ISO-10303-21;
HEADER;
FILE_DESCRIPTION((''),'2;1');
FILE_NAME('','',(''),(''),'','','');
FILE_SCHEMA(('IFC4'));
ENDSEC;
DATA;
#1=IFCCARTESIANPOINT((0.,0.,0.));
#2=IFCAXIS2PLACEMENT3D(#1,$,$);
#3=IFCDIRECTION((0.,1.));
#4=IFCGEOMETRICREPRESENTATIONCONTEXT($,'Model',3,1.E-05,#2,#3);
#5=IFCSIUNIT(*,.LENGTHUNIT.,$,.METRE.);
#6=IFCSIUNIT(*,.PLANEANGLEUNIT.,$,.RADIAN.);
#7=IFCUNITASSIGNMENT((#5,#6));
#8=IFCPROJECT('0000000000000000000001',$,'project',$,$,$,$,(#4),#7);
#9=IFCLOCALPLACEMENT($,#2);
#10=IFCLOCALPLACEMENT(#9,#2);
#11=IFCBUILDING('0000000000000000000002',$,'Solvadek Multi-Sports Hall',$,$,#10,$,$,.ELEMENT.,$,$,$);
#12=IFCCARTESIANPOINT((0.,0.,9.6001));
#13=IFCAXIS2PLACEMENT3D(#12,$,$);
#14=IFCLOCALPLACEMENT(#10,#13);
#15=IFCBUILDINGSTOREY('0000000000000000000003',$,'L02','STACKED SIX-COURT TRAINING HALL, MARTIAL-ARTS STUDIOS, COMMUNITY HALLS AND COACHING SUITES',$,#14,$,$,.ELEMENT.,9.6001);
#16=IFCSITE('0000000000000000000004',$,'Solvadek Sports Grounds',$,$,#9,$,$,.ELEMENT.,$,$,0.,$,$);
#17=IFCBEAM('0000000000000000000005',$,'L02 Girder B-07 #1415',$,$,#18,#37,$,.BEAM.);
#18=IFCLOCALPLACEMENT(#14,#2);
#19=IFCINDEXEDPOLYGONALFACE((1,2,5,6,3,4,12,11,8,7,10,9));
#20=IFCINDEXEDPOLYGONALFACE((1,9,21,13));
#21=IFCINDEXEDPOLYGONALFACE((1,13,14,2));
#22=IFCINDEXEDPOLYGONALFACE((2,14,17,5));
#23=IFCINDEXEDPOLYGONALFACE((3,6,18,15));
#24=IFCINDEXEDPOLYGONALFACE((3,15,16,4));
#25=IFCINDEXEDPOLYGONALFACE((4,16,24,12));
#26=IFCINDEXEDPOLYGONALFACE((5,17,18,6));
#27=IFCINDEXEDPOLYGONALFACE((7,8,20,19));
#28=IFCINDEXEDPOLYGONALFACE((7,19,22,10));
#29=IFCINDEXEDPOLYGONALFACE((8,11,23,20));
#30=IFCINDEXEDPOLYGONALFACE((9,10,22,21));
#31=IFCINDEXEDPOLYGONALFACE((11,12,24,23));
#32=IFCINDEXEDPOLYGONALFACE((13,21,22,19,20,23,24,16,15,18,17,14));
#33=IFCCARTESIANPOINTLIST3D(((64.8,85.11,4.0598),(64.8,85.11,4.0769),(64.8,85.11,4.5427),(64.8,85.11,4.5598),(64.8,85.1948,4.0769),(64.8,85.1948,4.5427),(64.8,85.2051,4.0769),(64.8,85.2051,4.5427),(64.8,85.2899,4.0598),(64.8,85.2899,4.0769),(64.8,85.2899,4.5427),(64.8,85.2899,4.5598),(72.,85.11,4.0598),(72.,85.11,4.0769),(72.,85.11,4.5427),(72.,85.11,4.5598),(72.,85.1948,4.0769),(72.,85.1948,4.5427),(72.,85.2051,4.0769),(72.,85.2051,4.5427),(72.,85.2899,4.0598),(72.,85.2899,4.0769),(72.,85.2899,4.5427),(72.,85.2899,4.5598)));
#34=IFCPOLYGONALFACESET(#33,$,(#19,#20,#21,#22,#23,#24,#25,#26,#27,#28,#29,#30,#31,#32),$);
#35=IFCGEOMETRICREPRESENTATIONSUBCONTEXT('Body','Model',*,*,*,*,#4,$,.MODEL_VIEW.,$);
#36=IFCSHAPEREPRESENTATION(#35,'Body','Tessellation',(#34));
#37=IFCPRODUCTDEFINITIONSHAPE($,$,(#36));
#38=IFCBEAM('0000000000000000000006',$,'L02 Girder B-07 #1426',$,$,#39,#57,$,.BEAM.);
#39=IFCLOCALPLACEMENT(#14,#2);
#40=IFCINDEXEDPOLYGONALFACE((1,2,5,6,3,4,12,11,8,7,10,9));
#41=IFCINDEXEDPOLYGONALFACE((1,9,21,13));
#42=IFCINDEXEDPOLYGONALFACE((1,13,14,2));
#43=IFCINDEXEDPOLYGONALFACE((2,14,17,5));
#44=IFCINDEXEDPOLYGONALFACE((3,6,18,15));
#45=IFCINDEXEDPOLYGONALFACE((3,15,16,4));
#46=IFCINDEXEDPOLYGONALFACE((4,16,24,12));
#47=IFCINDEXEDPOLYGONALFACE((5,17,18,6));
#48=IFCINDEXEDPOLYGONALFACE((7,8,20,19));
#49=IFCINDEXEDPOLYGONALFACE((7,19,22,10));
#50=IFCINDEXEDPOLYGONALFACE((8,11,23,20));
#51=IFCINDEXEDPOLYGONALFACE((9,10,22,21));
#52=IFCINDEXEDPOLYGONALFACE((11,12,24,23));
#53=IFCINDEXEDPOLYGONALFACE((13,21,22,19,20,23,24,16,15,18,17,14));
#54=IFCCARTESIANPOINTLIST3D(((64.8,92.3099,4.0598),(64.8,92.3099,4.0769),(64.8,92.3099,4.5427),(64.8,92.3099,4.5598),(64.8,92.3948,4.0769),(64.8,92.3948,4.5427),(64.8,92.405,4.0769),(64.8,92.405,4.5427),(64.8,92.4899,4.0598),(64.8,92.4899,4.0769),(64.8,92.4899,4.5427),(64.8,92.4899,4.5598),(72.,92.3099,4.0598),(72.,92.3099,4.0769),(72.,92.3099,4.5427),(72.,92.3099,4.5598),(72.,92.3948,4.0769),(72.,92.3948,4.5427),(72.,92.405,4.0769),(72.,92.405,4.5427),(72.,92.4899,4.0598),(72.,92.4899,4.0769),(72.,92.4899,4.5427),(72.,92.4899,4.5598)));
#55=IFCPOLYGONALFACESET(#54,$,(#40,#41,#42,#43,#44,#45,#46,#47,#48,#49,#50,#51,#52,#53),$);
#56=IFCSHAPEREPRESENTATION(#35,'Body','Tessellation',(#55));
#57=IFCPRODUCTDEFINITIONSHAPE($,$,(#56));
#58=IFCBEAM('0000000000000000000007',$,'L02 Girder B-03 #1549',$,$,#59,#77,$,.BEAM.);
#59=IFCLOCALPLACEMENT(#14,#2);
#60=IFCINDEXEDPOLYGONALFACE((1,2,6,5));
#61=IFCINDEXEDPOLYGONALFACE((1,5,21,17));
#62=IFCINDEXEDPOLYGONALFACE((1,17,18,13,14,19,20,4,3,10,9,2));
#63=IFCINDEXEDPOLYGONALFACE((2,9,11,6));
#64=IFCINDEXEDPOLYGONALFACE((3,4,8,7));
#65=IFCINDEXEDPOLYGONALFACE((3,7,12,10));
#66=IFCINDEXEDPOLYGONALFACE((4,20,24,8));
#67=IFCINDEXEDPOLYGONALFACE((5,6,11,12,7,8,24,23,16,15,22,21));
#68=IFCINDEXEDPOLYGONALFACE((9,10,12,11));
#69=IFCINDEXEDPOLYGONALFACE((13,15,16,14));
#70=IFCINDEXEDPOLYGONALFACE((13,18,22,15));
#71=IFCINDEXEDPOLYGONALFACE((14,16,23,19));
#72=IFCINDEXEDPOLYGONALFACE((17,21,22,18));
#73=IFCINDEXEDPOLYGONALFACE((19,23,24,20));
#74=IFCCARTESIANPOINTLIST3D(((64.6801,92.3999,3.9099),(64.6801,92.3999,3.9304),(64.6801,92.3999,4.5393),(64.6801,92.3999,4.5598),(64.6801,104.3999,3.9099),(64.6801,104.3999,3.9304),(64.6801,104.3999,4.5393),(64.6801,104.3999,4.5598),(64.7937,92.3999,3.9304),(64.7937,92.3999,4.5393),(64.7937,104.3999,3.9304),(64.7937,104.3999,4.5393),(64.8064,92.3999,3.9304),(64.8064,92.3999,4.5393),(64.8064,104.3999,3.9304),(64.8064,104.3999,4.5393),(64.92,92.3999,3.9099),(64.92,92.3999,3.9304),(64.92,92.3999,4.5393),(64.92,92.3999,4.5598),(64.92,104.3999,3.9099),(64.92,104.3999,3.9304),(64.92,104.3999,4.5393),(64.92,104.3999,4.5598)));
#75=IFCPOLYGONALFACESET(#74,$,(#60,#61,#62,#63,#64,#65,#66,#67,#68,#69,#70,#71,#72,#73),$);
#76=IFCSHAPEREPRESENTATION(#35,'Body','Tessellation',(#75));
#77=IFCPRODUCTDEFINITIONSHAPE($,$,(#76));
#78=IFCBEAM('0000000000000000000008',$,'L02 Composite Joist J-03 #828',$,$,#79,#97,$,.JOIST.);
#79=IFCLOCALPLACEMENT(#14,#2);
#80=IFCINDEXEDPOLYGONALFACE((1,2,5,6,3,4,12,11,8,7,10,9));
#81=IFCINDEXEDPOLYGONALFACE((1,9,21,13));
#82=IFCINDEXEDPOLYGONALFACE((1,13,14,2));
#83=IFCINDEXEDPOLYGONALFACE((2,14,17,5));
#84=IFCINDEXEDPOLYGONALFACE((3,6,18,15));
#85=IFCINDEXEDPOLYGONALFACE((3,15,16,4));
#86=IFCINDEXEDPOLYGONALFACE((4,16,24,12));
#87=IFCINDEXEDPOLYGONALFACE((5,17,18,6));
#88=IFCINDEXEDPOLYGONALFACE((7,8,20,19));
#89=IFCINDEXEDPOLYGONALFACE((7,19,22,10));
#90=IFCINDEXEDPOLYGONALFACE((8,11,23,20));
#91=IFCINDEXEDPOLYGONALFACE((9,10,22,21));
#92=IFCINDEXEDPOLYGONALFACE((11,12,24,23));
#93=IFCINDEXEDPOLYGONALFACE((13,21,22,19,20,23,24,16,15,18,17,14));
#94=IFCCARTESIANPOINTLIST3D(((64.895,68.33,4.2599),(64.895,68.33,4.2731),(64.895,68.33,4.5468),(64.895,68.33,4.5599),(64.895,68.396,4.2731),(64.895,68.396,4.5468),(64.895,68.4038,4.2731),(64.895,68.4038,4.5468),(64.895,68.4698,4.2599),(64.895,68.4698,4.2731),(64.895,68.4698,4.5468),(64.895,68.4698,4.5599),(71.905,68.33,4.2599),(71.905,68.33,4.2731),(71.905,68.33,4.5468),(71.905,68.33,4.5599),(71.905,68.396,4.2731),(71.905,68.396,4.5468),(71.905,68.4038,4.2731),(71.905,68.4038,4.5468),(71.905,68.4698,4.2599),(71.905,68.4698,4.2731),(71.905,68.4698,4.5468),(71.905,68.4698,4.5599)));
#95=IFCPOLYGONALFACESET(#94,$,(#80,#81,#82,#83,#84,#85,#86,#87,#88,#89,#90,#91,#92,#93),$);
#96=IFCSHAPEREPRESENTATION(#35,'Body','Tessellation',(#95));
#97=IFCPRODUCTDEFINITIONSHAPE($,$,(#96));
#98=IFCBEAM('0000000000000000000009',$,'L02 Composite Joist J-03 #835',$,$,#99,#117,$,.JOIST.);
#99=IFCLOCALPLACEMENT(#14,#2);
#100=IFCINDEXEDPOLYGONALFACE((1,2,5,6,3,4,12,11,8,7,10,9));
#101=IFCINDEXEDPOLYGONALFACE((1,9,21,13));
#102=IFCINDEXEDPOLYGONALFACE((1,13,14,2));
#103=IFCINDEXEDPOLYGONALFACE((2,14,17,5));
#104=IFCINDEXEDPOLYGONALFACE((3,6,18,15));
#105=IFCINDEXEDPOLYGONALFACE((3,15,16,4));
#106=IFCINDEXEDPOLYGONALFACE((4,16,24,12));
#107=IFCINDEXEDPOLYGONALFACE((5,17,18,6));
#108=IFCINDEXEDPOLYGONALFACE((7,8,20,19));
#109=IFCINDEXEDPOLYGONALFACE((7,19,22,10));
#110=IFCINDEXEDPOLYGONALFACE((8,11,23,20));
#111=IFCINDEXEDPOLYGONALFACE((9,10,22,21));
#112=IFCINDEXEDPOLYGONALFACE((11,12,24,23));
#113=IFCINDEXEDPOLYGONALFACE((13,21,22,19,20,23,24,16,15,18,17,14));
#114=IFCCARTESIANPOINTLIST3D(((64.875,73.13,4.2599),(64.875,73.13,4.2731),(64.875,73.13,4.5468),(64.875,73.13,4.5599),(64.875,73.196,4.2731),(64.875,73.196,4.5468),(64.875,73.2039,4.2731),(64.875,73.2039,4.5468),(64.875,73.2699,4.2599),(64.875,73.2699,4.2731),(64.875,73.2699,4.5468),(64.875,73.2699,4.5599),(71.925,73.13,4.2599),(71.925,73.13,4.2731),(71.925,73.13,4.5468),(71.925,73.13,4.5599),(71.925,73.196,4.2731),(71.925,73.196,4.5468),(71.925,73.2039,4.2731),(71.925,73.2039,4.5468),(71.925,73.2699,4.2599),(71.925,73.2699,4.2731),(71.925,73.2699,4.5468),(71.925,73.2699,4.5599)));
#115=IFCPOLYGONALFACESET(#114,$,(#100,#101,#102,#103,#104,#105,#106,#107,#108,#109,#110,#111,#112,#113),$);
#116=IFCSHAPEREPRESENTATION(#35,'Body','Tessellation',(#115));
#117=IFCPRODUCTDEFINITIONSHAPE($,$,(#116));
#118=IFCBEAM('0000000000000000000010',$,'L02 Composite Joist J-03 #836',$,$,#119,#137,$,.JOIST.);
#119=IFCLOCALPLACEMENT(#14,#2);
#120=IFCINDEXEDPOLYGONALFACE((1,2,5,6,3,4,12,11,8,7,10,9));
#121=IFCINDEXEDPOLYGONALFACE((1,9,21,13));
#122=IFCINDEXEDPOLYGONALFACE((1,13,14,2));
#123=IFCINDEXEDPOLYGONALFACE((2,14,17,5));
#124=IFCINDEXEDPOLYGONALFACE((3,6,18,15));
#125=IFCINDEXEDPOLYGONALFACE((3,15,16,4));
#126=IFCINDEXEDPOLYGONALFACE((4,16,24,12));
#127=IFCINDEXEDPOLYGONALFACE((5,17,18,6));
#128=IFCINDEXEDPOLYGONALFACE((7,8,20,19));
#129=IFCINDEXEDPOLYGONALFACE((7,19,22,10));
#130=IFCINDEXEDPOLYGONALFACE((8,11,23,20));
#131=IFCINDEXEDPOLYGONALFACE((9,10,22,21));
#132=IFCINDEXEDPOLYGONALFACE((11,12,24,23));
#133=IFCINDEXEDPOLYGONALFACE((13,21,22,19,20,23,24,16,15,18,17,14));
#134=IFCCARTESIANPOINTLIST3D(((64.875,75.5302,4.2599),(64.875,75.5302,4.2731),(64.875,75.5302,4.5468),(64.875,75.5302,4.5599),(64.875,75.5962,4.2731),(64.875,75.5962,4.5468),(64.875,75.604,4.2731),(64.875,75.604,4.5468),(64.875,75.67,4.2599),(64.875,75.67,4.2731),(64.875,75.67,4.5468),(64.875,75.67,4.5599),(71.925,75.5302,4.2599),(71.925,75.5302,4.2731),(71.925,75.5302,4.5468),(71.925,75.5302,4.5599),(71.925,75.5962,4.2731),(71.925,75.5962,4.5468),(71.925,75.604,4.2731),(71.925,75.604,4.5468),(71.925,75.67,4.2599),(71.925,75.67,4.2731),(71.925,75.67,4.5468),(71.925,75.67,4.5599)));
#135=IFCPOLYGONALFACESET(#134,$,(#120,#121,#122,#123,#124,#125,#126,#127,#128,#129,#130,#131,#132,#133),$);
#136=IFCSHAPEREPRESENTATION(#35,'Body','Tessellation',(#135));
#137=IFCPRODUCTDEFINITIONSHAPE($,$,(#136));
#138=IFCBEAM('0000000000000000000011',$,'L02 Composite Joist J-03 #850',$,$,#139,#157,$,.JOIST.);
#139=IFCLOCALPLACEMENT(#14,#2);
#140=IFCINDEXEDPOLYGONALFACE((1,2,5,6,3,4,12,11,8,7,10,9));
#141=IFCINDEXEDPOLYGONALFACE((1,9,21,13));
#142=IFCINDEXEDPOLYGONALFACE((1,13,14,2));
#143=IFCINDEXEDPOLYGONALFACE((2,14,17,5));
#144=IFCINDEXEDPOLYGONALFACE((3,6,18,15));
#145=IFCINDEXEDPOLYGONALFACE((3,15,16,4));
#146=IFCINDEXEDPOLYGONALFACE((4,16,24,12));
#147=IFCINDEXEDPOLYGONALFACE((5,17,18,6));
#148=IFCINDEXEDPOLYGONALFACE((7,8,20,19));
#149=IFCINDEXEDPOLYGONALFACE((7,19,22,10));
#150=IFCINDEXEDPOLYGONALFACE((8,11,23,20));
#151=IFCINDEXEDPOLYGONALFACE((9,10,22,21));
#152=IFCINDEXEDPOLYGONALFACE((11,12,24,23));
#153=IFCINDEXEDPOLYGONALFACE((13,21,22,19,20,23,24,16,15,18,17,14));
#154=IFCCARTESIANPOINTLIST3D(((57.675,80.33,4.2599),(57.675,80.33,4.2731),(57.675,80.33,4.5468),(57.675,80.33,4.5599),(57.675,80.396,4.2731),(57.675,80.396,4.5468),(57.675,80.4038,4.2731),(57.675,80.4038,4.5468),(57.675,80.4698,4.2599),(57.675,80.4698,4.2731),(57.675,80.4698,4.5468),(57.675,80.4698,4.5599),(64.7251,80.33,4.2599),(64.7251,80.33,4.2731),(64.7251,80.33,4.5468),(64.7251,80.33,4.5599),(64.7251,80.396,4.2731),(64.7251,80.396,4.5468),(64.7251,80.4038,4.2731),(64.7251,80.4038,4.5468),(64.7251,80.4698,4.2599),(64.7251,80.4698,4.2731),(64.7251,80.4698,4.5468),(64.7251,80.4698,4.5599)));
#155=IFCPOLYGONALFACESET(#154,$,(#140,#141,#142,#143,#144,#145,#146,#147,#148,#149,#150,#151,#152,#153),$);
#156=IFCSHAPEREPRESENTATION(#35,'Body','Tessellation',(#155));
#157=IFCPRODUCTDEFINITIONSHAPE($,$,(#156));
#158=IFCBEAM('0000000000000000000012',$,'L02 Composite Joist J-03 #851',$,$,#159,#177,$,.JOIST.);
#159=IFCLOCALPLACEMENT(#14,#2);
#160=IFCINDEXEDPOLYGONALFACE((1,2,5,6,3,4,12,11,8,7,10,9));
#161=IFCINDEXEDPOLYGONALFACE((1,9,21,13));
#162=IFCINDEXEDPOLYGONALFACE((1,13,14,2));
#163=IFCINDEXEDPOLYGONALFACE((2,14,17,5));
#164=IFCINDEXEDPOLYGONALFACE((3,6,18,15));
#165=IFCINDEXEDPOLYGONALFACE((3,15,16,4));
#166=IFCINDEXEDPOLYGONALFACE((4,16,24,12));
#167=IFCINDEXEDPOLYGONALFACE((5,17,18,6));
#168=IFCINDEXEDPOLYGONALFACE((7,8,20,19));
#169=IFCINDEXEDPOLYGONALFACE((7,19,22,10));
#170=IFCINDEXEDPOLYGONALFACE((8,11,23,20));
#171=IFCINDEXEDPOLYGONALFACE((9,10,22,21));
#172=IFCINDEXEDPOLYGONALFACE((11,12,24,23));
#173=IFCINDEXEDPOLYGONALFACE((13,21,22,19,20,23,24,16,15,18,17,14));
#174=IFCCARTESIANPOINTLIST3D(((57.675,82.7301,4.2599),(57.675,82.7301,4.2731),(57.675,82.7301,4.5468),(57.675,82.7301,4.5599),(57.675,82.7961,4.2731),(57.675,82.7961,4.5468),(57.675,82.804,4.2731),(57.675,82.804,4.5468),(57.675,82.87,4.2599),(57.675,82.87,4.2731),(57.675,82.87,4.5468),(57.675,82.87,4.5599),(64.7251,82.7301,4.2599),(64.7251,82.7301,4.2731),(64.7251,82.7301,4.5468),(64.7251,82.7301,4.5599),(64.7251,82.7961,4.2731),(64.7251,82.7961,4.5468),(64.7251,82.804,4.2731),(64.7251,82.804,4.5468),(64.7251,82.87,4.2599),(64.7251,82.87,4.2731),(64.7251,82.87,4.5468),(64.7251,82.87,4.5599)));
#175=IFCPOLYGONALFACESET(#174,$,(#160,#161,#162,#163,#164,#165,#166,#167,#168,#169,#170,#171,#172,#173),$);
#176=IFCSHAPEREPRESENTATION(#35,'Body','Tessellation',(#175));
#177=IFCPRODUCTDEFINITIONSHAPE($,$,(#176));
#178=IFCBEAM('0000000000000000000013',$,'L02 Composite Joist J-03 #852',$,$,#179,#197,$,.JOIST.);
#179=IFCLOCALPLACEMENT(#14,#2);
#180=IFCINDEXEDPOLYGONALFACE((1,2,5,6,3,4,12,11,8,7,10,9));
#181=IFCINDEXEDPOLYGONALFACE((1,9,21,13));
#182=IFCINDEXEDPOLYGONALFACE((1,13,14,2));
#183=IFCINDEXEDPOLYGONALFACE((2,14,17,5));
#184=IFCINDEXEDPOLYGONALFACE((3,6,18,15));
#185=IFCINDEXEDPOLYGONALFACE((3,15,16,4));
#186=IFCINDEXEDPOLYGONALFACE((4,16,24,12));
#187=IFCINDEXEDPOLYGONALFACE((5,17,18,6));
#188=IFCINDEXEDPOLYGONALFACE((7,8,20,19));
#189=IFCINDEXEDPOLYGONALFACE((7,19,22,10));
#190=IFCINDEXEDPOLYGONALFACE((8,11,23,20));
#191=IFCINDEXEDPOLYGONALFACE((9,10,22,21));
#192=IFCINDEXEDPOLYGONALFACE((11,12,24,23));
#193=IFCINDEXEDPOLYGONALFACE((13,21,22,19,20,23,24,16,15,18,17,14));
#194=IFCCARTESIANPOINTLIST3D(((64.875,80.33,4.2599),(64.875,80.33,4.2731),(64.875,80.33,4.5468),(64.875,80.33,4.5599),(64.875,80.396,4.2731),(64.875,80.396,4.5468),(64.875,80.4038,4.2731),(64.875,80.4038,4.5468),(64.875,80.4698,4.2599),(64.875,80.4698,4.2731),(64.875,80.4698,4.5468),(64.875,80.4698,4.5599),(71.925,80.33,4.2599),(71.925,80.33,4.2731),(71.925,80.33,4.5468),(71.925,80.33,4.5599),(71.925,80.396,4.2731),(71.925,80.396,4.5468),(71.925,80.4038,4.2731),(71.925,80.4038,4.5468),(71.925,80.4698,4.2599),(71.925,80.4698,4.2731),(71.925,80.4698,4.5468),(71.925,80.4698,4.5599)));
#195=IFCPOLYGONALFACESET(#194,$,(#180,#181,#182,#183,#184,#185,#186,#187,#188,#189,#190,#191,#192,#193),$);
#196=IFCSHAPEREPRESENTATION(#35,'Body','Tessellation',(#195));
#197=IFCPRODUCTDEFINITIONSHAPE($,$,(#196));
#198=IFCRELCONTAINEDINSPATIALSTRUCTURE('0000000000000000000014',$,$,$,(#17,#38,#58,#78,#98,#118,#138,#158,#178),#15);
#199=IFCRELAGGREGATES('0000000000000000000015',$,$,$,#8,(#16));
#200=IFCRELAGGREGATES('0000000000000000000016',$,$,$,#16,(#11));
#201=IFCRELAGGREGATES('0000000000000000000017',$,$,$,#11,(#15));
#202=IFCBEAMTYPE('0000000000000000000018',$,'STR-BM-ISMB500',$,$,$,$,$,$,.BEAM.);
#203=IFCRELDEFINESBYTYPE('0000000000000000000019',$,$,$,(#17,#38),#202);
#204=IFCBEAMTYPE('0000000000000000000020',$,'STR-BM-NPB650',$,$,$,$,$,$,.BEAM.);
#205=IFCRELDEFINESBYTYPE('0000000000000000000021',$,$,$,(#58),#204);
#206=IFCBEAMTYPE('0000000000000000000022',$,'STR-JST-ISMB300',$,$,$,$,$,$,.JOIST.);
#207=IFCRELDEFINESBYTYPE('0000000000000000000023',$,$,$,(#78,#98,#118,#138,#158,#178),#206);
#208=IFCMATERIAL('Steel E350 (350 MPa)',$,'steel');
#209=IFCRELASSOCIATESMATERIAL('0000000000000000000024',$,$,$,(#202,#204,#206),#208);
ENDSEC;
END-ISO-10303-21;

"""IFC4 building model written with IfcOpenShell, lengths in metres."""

from ifc_helpers import new_model, si_unit, direction, frame, origin, origin_2d, place, context, subcontext, project, spatial, i_section, extrude, material, material_profile, profile_set, type_object, element, save


model = new_model("IFC4")

# Units and contexts
model_context = context("Model", 3, precision=1e-05, world=origin(), true_north=direction((0.0, 1.0)))
body_context = subcontext(model_context, "Body", "Model", "MODEL_VIEW")
ifc_project = project(units=[si_unit("LENGTHUNIT", "METRE"), si_unit("PLANEANGLEUNIT", "RADIAN")], contexts=[model_context])

# Site, building, storey
site_placement = place(None, origin())
site = spatial("IfcSite", under=ifc_project, at=site_placement, Name="Solvadek Sports Grounds", CompositionType="ELEMENT", RefElevation=0.0)
building_placement = place(site_placement, origin())
building = spatial("IfcBuilding", under=site, at=building_placement, Name="Solvadek Multi-Sports Hall", CompositionType="ELEMENT")
storey_placement = place(building_placement, frame((0.0, 0.0, 9.6001)))
storey = spatial("IfcBuildingStorey", under=building, at=storey_placement, Name="L02", Description="STACKED SIX-COURT TRAINING HALL, MARTIAL-ARTS STUDIOS, COMMUNITY HALLS AND COACHING SUITES", CompositionType="ELEMENT", Elevation=9.6001)

# Shared definitions
ifc_material_1 = material(Name="Steel E350 (350 MPa)", Category="steel")

# Beams
ifc_material_profile_1 = material_profile(ifc_material_1, i_section(OverallWidth=0.1799, OverallDepth=0.5, WebThickness=0.0103, FlangeThickness=0.0171, at=origin_2d()), Name="ISMB 500")
ifc_profile_set_1 = profile_set([ifc_material_profile_1], Name="Steel E350 (350 MPa)")
beam_type_1 = type_object("IfcBeamType", Name="STR-BM-ISMB500", PredefinedType="BEAM", material=ifc_profile_set_1)
for number, where, z_axis, x_axis, name in (
    (1, (64.8, 85.2, 4.3098), (1.0, 0.0, 0.0), (0.0, 1.0, 0.0), "L02 Girder B-07 #1415"),
    (2, (64.8, 92.3999, 4.3098), (1.0, 0.0, 0.0), (0.0, 1.0, 0.0), "L02 Girder B-07 #1426"),
):
    element("IfcBeam", number, at=place(storey_placement, frame(where, z_axis=z_axis, x_axis=x_axis)), inside=storey, type_object=beam_type_1, Name=name, PredefinedType="BEAM", context=body_context, shape_type="SweptSolid", body=[
        extrude(i_section(OverallWidth=0.1799, OverallDepth=0.5, WebThickness=0.0103, FlangeThickness=0.0171, at=origin_2d()), origin(), (0.0, 0.0, 1.0), 7.2),
    ])
ifc_material_profile_2 = material_profile(ifc_material_1, i_section(OverallWidth=0.24, OverallDepth=0.6499, WebThickness=0.0127, FlangeThickness=0.0205, at=origin_2d()), Name="NPB 650")
ifc_profile_set_2 = profile_set([ifc_material_profile_2], Name="Steel E350 (350 MPa)")
beam_type_2 = type_object("IfcBeamType", Name="STR-BM-NPB650", PredefinedType="BEAM", material=ifc_profile_set_2)
beam_1_placement = place(storey_placement, frame((64.8, 92.3999, 4.2349), z_axis=(0.0, 1.0, 0.0), x_axis=(-1.0, 0.0, 0.0)))
element("IfcBeam", 3, at=beam_1_placement, inside=storey, type_object=beam_type_2, Name="L02 Girder B-03 #1549", PredefinedType="BEAM", context=body_context, shape_type="SweptSolid", body=[
    extrude(i_section(OverallWidth=0.24, OverallDepth=0.6499, WebThickness=0.0127, FlangeThickness=0.0205, at=origin_2d()), origin(), (0.0, 0.0, 1.0), 12.0),
])
ifc_material_profile_3 = material_profile(ifc_material_1, i_section(OverallWidth=0.1399, OverallDepth=0.3, WebThickness=0.0078, FlangeThickness=0.0132, at=origin_2d()), Name="ISMB 300")
ifc_profile_set_3 = profile_set([ifc_material_profile_3], Name="Steel E350 (350 MPa)")
beam_type_3 = type_object("IfcBeamType", Name="STR-JST-ISMB300", PredefinedType="JOIST", material=ifc_profile_set_3)
beam_2_placement = place(storey_placement, frame((64.895, 68.3999, 4.4099), z_axis=(1.0, 0.0, 0.0), x_axis=(0.0, 1.0, 0.0)))
element("IfcBeam", 4, at=beam_2_placement, inside=storey, type_object=beam_type_3, Name="L02 Composite Joist J-03 #828", PredefinedType="JOIST", context=body_context, shape_type="SweptSolid", body=[
    extrude(i_section(OverallWidth=0.1399, OverallDepth=0.3, WebThickness=0.0078, FlangeThickness=0.0132, at=origin_2d()), origin(), (0.0, 0.0, 1.0), 7.01),
])
for number, where, z_axis, x_axis, name in (
    (5, (64.875, 73.2, 4.4099), (1.0, 0.0, 0.0), (0.0, 1.0, 0.0), "L02 Composite Joist J-03 #835"),
    (6, (64.875, 75.6001, 4.4099), (1.0, 0.0, 0.0), (0.0, 1.0, 0.0), "L02 Composite Joist J-03 #836"),
    (7, (57.675, 80.3999, 4.4099), (1.0, 0.0, 0.0), (0.0, 1.0, 0.0), "L02 Composite Joist J-03 #850"),
    (8, (57.675, 82.8, 4.4099), (1.0, 0.0, 0.0), (0.0, 1.0, 0.0), "L02 Composite Joist J-03 #851"),
    (9, (64.875, 80.3999, 4.4099), (1.0, 0.0, 0.0), (0.0, 1.0, 0.0), "L02 Composite Joist J-03 #852"),
):
    element("IfcBeam", number, at=place(storey_placement, frame(where, z_axis=z_axis, x_axis=x_axis)), inside=storey, type_object=beam_type_3, Name=name, PredefinedType="JOIST", context=body_context, shape_type="SweptSolid", body=[
        extrude(i_section(OverallWidth=0.1399, OverallDepth=0.3, WebThickness=0.0078, FlangeThickness=0.0132, at=origin_2d()), origin(), (0.0, 0.0, 1.0), 7.05),
    ])

save(model, "model.ifc")
